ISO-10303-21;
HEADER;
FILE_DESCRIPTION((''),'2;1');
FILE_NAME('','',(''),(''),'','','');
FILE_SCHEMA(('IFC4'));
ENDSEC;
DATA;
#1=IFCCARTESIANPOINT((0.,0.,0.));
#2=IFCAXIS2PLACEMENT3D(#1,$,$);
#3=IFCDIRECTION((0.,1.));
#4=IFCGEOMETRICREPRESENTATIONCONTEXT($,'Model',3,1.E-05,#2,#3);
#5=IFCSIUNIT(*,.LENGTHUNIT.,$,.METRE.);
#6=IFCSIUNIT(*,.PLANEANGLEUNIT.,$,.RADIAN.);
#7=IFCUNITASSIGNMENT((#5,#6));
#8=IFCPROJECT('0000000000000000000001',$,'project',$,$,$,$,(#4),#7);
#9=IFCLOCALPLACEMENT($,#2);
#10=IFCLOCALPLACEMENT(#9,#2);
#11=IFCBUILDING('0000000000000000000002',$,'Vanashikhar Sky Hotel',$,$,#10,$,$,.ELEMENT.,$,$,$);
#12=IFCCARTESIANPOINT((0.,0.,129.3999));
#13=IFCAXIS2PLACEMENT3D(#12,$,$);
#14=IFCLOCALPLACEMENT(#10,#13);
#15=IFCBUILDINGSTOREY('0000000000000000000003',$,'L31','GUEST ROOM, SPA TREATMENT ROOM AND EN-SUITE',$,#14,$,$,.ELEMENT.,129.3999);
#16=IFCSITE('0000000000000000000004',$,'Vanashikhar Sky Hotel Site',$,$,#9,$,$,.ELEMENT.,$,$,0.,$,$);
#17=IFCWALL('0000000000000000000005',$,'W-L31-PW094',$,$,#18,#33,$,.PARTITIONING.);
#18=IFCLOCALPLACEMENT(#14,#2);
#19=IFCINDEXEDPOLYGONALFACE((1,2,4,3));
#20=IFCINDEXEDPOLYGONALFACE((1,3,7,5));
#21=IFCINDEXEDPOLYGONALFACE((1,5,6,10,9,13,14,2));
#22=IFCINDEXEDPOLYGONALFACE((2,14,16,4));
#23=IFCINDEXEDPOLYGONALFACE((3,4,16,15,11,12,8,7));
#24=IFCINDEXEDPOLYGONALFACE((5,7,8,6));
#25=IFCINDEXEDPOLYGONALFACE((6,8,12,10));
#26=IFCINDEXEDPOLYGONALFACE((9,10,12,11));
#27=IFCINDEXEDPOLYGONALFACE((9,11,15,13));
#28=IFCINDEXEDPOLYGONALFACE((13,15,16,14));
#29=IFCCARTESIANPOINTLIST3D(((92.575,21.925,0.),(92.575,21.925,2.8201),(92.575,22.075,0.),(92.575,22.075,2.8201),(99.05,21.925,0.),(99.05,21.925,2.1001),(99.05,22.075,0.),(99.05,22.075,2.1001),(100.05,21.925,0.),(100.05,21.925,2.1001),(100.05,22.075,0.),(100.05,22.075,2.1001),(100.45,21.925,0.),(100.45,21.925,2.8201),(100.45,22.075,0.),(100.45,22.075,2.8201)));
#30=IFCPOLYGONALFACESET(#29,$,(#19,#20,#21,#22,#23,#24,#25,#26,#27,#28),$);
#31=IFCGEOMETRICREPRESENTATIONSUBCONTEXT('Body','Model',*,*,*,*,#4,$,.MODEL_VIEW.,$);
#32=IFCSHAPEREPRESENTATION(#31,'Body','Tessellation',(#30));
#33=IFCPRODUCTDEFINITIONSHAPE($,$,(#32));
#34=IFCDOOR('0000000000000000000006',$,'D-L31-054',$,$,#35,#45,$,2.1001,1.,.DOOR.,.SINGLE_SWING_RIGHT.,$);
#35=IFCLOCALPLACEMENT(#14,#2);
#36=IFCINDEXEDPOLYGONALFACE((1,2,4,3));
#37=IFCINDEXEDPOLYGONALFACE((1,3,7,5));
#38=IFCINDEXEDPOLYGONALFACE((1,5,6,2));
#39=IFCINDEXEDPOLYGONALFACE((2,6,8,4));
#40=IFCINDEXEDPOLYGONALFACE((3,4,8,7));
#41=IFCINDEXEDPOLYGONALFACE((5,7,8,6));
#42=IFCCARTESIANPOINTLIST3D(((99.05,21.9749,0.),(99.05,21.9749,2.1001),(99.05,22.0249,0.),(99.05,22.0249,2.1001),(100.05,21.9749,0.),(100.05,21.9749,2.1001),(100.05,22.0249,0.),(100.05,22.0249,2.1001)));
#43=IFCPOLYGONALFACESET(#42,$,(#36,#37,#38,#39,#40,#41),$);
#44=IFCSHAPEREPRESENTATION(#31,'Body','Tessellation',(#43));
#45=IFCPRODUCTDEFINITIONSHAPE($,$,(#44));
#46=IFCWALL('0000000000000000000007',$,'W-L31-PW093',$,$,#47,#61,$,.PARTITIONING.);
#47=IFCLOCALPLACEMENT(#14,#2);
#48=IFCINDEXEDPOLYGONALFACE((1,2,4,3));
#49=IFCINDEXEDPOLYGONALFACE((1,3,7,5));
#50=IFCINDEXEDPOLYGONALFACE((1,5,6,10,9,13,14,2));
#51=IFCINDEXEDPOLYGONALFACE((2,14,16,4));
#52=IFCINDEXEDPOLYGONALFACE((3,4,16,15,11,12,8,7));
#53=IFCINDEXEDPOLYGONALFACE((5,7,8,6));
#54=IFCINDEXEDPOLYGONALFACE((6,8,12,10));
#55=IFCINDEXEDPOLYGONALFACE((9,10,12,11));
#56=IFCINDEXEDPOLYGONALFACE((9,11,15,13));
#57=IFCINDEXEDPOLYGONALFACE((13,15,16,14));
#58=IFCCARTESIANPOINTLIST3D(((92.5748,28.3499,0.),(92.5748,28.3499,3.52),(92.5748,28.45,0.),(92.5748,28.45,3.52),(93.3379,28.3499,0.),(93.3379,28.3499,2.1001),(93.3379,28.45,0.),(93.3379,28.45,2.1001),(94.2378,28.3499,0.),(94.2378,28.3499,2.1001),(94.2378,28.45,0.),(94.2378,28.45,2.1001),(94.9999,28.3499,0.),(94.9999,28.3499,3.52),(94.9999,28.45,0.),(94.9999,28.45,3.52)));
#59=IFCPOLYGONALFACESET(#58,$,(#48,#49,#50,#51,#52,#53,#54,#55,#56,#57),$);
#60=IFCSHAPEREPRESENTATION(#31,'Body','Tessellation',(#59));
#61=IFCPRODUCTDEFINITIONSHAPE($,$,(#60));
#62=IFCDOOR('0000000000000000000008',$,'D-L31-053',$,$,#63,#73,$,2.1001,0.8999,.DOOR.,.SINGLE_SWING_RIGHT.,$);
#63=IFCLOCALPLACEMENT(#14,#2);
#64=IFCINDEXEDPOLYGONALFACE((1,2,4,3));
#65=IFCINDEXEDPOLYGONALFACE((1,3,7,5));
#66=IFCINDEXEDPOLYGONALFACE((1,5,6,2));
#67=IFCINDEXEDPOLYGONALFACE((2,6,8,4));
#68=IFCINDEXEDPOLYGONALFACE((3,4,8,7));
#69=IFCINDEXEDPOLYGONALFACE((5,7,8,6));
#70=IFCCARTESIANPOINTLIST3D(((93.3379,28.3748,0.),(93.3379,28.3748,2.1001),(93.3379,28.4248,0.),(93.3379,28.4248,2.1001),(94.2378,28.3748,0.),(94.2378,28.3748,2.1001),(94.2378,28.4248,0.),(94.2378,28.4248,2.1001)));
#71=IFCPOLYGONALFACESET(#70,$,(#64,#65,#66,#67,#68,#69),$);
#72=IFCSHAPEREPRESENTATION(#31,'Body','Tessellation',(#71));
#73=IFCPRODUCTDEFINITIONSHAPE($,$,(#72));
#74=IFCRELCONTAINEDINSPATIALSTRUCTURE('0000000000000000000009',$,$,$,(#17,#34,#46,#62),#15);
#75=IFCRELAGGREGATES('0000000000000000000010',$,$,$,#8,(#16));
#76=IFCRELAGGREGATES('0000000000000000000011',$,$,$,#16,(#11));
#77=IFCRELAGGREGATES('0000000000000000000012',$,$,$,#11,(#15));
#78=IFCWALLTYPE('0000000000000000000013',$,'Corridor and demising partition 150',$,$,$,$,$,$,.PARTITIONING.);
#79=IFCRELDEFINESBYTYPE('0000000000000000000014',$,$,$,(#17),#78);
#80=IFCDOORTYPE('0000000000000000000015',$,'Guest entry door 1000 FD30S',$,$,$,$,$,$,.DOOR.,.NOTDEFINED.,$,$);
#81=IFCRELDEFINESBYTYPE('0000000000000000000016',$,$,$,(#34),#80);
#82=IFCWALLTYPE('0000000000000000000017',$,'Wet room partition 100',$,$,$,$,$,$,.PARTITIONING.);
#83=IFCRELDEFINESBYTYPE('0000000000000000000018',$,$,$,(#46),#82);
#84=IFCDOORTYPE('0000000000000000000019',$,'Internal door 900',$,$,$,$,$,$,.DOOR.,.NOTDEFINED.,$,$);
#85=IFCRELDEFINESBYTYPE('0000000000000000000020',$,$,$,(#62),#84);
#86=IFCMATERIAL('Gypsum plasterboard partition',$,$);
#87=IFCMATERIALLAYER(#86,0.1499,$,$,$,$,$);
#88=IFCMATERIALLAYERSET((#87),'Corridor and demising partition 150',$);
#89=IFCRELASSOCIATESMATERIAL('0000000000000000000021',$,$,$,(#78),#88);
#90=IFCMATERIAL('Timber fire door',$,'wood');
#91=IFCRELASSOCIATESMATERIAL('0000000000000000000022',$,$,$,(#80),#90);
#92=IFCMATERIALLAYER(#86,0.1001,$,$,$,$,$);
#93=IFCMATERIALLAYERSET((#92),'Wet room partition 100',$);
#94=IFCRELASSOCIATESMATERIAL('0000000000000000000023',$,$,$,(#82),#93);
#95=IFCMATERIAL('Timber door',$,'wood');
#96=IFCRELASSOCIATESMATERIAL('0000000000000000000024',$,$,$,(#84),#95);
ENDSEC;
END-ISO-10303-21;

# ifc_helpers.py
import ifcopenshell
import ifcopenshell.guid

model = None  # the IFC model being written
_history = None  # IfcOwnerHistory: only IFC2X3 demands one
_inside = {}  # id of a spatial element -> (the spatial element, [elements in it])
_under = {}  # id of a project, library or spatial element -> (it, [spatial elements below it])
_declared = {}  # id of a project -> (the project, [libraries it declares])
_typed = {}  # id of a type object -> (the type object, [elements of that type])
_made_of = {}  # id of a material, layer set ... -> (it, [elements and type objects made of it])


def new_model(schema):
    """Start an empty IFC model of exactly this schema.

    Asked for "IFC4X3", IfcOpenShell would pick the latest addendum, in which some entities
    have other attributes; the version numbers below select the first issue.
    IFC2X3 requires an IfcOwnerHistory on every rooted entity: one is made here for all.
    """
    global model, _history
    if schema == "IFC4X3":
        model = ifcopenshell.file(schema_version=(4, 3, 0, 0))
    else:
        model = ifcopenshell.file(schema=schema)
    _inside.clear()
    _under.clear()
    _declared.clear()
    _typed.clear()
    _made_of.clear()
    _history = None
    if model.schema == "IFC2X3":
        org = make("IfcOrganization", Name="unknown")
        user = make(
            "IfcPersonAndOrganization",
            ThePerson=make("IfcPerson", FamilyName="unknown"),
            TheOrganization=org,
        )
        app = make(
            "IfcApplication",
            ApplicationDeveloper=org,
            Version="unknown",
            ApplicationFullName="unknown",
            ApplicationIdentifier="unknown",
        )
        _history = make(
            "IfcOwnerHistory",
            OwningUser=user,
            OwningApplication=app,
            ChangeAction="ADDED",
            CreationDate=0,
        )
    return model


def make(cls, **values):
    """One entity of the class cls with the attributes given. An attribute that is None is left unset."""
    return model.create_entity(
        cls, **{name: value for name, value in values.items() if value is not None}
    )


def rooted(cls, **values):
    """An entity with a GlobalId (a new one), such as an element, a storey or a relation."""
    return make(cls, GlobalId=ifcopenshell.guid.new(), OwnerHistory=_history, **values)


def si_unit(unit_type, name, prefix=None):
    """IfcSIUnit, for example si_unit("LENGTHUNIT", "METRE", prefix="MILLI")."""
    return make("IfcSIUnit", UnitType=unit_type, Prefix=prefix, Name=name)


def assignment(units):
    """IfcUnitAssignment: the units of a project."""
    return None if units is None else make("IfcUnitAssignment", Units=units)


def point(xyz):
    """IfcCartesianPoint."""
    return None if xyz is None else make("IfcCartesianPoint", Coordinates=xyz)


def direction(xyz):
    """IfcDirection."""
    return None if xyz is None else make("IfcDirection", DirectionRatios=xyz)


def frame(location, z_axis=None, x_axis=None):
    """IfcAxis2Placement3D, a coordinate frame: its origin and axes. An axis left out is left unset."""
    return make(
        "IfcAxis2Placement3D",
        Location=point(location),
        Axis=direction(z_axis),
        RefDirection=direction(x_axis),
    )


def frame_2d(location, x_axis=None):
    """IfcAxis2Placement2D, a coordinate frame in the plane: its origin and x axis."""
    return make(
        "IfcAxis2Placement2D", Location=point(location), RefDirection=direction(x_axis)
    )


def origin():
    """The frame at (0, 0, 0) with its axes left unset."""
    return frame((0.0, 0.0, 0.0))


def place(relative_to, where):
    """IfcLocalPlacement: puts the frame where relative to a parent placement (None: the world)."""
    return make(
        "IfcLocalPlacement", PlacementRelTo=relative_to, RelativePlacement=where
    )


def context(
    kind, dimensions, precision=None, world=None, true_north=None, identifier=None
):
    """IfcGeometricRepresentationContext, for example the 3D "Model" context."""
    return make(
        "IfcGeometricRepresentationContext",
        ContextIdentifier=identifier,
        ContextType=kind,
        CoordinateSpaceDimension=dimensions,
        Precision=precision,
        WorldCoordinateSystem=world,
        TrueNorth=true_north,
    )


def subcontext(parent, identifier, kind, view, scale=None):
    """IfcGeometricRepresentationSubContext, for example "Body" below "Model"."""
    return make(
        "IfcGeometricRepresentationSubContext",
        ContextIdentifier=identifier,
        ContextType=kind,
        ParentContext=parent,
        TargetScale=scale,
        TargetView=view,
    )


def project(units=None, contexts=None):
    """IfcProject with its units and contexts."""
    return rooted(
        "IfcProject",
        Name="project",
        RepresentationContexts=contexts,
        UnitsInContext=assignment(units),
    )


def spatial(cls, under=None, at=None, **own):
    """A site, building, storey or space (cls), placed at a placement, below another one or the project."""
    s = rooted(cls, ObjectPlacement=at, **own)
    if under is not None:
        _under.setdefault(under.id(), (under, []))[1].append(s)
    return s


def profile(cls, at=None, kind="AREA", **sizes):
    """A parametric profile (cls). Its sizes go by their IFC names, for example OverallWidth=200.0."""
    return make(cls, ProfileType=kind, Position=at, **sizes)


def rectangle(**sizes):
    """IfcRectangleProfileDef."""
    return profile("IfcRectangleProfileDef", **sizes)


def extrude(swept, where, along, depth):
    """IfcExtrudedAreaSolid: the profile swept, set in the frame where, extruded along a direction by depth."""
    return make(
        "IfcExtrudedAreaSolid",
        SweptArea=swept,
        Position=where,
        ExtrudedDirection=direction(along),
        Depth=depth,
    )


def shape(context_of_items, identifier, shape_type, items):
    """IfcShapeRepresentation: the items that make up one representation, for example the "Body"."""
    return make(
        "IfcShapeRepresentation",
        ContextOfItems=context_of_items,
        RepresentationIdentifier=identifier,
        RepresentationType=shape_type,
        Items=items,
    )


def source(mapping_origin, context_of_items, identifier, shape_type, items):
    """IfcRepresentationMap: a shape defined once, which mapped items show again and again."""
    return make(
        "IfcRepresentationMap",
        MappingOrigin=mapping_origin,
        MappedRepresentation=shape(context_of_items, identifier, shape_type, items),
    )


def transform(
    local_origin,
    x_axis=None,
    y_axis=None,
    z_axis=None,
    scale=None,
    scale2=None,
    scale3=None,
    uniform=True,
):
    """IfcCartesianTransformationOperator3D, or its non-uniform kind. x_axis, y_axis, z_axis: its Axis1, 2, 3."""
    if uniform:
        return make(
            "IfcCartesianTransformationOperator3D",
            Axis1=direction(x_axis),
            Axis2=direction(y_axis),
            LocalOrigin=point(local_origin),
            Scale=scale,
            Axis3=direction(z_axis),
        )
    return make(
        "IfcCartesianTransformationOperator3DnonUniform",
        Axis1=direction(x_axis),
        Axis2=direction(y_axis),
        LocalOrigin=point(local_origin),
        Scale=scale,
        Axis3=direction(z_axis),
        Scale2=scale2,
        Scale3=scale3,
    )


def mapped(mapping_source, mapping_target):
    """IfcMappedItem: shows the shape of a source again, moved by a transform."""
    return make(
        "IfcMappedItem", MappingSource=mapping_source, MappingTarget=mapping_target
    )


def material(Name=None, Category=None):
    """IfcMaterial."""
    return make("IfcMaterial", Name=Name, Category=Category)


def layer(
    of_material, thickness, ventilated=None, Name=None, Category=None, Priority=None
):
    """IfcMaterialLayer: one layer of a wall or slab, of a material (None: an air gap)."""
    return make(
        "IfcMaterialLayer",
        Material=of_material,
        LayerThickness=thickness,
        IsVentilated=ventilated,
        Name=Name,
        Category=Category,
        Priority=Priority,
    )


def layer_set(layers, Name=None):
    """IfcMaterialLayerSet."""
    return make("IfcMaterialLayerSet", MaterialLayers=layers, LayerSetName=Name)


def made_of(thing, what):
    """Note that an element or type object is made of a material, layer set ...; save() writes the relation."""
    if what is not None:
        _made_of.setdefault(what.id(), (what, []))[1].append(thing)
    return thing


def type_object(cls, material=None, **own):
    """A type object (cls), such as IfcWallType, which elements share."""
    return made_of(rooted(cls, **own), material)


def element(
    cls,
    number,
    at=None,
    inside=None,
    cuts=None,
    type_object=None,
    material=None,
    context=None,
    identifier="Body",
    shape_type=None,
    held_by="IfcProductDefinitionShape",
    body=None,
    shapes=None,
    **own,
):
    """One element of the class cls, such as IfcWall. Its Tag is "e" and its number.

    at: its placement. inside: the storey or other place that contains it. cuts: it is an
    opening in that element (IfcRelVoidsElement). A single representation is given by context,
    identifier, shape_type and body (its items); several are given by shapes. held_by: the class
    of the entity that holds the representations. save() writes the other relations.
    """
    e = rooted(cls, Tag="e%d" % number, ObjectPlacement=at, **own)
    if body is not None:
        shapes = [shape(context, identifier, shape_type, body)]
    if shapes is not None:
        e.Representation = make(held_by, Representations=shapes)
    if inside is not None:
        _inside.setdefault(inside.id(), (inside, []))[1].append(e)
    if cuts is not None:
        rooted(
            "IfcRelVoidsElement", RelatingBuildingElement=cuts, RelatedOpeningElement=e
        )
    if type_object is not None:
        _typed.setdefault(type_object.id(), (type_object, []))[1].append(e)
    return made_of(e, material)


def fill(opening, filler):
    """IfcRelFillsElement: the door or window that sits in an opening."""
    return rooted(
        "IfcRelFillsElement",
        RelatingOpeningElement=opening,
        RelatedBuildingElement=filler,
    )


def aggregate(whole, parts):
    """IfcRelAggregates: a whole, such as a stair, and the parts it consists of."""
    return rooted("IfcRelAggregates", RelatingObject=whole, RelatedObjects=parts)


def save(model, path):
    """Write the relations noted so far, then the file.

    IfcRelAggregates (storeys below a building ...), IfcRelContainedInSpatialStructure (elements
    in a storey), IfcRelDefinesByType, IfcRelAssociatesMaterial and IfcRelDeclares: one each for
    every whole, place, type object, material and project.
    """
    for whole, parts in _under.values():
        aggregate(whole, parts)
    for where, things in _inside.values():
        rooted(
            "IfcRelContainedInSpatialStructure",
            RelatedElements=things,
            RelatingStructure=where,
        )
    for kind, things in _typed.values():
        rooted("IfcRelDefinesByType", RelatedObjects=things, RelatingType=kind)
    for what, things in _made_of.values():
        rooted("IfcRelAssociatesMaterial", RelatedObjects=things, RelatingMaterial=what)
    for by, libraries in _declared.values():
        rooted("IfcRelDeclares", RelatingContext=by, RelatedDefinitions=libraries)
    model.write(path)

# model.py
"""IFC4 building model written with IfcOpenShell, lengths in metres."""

from ifc_helpers import new_model, si_unit, direction, frame, frame_2d, origin, place, context, subcontext, project, spatial, rectangle, extrude, source, transform, mapped, material, layer, layer_set, type_object, element, fill, save


model = new_model("IFC4")

# Units and contexts
model_context = context("Model", 3, precision=1e-05, world=origin(), true_north=direction((0.0, 1.0)))
body_context = subcontext(model_context, "Body", "Model", "MODEL_VIEW")
ifc_project = project(units=[si_unit("LENGTHUNIT", "METRE"), si_unit("PLANEANGLEUNIT", "RADIAN")], contexts=[model_context])

# Site, building, storey
site_placement = place(None, origin())
site = spatial("IfcSite", under=ifc_project, at=site_placement, Name="Vanashikhar Sky Hotel Site", CompositionType="ELEMENT", RefElevation=0.0)
building_placement = place(site_placement, origin())
building = spatial("IfcBuilding", under=site, at=building_placement, Name="Vanashikhar Sky Hotel", CompositionType="ELEMENT")
storey_placement = place(building_placement, frame((0.0, 0.0, 129.3999)))
storey = spatial("IfcBuildingStorey", under=building, at=storey_placement, Name="L31", Description="GUEST ROOM, SPA TREATMENT ROOM AND EN-SUITE", CompositionType="ELEMENT", Elevation=129.3999)

# Shared definitions
ifc_material_1 = material(Name="Gypsum plasterboard partition")
ifc_layer_1 = layer(ifc_material_1, 0.1499)
ifc_layer_set_1 = layer_set([ifc_layer_1], Name="Corridor and demising partition 150")
wall_type_1 = type_object("IfcWallType", Name="Corridor and demising partition 150", PredefinedType="PARTITIONING", material=ifc_layer_set_1)
shared_shape_1 = source(origin(), body_context, "Body", "SweptSolid", [
    extrude(rectangle(XDim=1.0, YDim=2.1001, at=frame_2d((0.5, 1.05))), frame((0.0, 0.085, 0.0), z_axis=(0.0, -1.0, 0.0), x_axis=(1.0, 0.0, 0.0)), (0.0, 0.0, 1.0), 0.1699),
])
ifc_material_2 = material(Name="Timber fire door", Category="wood")
door_type_1 = type_object("IfcDoorType", Name="Guest entry door 1000 FD30S", OperationType="NOTDEFINED", PredefinedType="DOOR", material=ifc_material_2)
shared_shape_2 = source(origin(), body_context, "Body", "SweptSolid", [
    extrude(rectangle(XDim=1.0, YDim=2.1001, at=frame_2d((0.5, 1.05))), frame((0.0, 0.0249, 0.0), z_axis=(0.0, -1.0, 0.0), x_axis=(1.0, 0.0, 0.0)), (0.0, 0.0, 1.0), 0.05),
])
ifc_layer_2 = layer(ifc_material_1, 0.1001)
ifc_layer_set_2 = layer_set([ifc_layer_2], Name="Wet room partition 100")
wall_type_2 = type_object("IfcWallType", Name="Wet room partition 100", PredefinedType="PARTITIONING", material=ifc_layer_set_2)
shared_shape_3 = source(origin(), body_context, "Body", "SweptSolid", [
    extrude(rectangle(XDim=0.8999, YDim=2.1001, at=frame_2d((0.45, 1.05))), frame((0.0, 0.0601, 0.0), z_axis=(0.0, -1.0, 0.0), x_axis=(1.0, 0.0, 0.0)), (0.0, 0.0, 1.0), 0.1201),
])
ifc_material_3 = material(Name="Timber door", Category="wood")
door_type_2 = type_object("IfcDoorType", Name="Internal door 900", OperationType="NOTDEFINED", PredefinedType="DOOR", material=ifc_material_3)
shared_shape_4 = source(origin(), body_context, "Body", "SweptSolid", [
    extrude(rectangle(XDim=0.8999, YDim=2.1001, at=frame_2d((0.45, 1.05))), frame((0.0, 0.0249, 0.0), z_axis=(0.0, -1.0, 0.0), x_axis=(1.0, 0.0, 0.0)), (0.0, 0.0, 1.0), 0.05),
])

# Walls, openings, doors
shared_shape_5 = source(origin(), body_context, "Body", "SweptSolid", [
    extrude(rectangle(XDim=7.875, YDim=0.1499, at=frame_2d((3.9375, 0.0))), origin(), (0.0, 0.0, 1.0), 2.8201),
])
wall_1_placement = place(storey_placement, frame((92.575, 22.0, 0.0), z_axis=(0.0, 0.0, 1.0), x_axis=(1.0, 0.0, 0.0)))
wall_1 = element("IfcWall", 1, at=wall_1_placement, inside=storey, type_object=wall_type_1, Name="W-L31-PW094", PredefinedType="PARTITIONING", context=body_context, shape_type="MappedRepresentation", body=[
    mapped(shared_shape_5, transform((0.0, 0.0, 0.0), scale=1.0)),
])
opening_1_placement = place(wall_1_placement, frame((6.4751, 0.0, 0.0)))
opening_1 = element("IfcOpeningElement", 2, at=opening_1_placement, cuts=wall_1, PredefinedType="OPENING", context=body_context, shape_type="MappedRepresentation", body=[
    mapped(shared_shape_1, transform((0.0, 0.0, 0.0), scale=1.0)),
])
door_1_placement = place(opening_1_placement, origin())
door_1 = element("IfcDoor", 3, at=door_1_placement, inside=storey, type_object=door_type_1, Name="D-L31-054", OperationType="SINGLE_SWING_RIGHT", OverallHeight=2.1001, OverallWidth=1.0, PredefinedType="DOOR", context=body_context, shape_type="MappedRepresentation", body=[
    mapped(shared_shape_2, transform((0.0, 0.0, 0.0), scale=1.0)),
])
fill(opening_1, door_1)
shared_shape_6 = source(origin(), body_context, "Body", "SweptSolid", [
    extrude(rectangle(XDim=2.425, YDim=0.1001, at=frame_2d((1.2124, 0.0))), origin(), (0.0, 0.0, 1.0), 3.52),
])
wall_2_placement = place(storey_placement, frame((92.575, 28.3999, 0.0), z_axis=(0.0, 0.0, 1.0), x_axis=(1.0, 0.0, 0.0)))
wall_2 = element("IfcWall", 4, at=wall_2_placement, inside=storey, type_object=wall_type_2, Name="W-L31-PW093", PredefinedType="PARTITIONING", context=body_context, shape_type="MappedRepresentation", body=[
    mapped(shared_shape_6, transform((0.0, 0.0, 0.0), scale=1.0)),
])
opening_2_placement = place(wall_2_placement, frame((0.7629, 0.0, 0.0)))
opening_2 = element("IfcOpeningElement", 5, at=opening_2_placement, cuts=wall_2, PredefinedType="OPENING", context=body_context, shape_type="MappedRepresentation", body=[
    mapped(shared_shape_3, transform((0.0, 0.0, 0.0), scale=1.0)),
])
door_2_placement = place(opening_2_placement, origin())
door_2 = element("IfcDoor", 6, at=door_2_placement, inside=storey, type_object=door_type_2, Name="D-L31-053", OperationType="SINGLE_SWING_RIGHT", OverallHeight=2.1001, OverallWidth=0.8999, PredefinedType="DOOR", context=body_context, shape_type="MappedRepresentation", body=[
    mapped(shared_shape_4, transform((0.0, 0.0, 0.0), scale=1.0)),
])
fill(opening_2, door_2)

save(model, "model.ifc")
